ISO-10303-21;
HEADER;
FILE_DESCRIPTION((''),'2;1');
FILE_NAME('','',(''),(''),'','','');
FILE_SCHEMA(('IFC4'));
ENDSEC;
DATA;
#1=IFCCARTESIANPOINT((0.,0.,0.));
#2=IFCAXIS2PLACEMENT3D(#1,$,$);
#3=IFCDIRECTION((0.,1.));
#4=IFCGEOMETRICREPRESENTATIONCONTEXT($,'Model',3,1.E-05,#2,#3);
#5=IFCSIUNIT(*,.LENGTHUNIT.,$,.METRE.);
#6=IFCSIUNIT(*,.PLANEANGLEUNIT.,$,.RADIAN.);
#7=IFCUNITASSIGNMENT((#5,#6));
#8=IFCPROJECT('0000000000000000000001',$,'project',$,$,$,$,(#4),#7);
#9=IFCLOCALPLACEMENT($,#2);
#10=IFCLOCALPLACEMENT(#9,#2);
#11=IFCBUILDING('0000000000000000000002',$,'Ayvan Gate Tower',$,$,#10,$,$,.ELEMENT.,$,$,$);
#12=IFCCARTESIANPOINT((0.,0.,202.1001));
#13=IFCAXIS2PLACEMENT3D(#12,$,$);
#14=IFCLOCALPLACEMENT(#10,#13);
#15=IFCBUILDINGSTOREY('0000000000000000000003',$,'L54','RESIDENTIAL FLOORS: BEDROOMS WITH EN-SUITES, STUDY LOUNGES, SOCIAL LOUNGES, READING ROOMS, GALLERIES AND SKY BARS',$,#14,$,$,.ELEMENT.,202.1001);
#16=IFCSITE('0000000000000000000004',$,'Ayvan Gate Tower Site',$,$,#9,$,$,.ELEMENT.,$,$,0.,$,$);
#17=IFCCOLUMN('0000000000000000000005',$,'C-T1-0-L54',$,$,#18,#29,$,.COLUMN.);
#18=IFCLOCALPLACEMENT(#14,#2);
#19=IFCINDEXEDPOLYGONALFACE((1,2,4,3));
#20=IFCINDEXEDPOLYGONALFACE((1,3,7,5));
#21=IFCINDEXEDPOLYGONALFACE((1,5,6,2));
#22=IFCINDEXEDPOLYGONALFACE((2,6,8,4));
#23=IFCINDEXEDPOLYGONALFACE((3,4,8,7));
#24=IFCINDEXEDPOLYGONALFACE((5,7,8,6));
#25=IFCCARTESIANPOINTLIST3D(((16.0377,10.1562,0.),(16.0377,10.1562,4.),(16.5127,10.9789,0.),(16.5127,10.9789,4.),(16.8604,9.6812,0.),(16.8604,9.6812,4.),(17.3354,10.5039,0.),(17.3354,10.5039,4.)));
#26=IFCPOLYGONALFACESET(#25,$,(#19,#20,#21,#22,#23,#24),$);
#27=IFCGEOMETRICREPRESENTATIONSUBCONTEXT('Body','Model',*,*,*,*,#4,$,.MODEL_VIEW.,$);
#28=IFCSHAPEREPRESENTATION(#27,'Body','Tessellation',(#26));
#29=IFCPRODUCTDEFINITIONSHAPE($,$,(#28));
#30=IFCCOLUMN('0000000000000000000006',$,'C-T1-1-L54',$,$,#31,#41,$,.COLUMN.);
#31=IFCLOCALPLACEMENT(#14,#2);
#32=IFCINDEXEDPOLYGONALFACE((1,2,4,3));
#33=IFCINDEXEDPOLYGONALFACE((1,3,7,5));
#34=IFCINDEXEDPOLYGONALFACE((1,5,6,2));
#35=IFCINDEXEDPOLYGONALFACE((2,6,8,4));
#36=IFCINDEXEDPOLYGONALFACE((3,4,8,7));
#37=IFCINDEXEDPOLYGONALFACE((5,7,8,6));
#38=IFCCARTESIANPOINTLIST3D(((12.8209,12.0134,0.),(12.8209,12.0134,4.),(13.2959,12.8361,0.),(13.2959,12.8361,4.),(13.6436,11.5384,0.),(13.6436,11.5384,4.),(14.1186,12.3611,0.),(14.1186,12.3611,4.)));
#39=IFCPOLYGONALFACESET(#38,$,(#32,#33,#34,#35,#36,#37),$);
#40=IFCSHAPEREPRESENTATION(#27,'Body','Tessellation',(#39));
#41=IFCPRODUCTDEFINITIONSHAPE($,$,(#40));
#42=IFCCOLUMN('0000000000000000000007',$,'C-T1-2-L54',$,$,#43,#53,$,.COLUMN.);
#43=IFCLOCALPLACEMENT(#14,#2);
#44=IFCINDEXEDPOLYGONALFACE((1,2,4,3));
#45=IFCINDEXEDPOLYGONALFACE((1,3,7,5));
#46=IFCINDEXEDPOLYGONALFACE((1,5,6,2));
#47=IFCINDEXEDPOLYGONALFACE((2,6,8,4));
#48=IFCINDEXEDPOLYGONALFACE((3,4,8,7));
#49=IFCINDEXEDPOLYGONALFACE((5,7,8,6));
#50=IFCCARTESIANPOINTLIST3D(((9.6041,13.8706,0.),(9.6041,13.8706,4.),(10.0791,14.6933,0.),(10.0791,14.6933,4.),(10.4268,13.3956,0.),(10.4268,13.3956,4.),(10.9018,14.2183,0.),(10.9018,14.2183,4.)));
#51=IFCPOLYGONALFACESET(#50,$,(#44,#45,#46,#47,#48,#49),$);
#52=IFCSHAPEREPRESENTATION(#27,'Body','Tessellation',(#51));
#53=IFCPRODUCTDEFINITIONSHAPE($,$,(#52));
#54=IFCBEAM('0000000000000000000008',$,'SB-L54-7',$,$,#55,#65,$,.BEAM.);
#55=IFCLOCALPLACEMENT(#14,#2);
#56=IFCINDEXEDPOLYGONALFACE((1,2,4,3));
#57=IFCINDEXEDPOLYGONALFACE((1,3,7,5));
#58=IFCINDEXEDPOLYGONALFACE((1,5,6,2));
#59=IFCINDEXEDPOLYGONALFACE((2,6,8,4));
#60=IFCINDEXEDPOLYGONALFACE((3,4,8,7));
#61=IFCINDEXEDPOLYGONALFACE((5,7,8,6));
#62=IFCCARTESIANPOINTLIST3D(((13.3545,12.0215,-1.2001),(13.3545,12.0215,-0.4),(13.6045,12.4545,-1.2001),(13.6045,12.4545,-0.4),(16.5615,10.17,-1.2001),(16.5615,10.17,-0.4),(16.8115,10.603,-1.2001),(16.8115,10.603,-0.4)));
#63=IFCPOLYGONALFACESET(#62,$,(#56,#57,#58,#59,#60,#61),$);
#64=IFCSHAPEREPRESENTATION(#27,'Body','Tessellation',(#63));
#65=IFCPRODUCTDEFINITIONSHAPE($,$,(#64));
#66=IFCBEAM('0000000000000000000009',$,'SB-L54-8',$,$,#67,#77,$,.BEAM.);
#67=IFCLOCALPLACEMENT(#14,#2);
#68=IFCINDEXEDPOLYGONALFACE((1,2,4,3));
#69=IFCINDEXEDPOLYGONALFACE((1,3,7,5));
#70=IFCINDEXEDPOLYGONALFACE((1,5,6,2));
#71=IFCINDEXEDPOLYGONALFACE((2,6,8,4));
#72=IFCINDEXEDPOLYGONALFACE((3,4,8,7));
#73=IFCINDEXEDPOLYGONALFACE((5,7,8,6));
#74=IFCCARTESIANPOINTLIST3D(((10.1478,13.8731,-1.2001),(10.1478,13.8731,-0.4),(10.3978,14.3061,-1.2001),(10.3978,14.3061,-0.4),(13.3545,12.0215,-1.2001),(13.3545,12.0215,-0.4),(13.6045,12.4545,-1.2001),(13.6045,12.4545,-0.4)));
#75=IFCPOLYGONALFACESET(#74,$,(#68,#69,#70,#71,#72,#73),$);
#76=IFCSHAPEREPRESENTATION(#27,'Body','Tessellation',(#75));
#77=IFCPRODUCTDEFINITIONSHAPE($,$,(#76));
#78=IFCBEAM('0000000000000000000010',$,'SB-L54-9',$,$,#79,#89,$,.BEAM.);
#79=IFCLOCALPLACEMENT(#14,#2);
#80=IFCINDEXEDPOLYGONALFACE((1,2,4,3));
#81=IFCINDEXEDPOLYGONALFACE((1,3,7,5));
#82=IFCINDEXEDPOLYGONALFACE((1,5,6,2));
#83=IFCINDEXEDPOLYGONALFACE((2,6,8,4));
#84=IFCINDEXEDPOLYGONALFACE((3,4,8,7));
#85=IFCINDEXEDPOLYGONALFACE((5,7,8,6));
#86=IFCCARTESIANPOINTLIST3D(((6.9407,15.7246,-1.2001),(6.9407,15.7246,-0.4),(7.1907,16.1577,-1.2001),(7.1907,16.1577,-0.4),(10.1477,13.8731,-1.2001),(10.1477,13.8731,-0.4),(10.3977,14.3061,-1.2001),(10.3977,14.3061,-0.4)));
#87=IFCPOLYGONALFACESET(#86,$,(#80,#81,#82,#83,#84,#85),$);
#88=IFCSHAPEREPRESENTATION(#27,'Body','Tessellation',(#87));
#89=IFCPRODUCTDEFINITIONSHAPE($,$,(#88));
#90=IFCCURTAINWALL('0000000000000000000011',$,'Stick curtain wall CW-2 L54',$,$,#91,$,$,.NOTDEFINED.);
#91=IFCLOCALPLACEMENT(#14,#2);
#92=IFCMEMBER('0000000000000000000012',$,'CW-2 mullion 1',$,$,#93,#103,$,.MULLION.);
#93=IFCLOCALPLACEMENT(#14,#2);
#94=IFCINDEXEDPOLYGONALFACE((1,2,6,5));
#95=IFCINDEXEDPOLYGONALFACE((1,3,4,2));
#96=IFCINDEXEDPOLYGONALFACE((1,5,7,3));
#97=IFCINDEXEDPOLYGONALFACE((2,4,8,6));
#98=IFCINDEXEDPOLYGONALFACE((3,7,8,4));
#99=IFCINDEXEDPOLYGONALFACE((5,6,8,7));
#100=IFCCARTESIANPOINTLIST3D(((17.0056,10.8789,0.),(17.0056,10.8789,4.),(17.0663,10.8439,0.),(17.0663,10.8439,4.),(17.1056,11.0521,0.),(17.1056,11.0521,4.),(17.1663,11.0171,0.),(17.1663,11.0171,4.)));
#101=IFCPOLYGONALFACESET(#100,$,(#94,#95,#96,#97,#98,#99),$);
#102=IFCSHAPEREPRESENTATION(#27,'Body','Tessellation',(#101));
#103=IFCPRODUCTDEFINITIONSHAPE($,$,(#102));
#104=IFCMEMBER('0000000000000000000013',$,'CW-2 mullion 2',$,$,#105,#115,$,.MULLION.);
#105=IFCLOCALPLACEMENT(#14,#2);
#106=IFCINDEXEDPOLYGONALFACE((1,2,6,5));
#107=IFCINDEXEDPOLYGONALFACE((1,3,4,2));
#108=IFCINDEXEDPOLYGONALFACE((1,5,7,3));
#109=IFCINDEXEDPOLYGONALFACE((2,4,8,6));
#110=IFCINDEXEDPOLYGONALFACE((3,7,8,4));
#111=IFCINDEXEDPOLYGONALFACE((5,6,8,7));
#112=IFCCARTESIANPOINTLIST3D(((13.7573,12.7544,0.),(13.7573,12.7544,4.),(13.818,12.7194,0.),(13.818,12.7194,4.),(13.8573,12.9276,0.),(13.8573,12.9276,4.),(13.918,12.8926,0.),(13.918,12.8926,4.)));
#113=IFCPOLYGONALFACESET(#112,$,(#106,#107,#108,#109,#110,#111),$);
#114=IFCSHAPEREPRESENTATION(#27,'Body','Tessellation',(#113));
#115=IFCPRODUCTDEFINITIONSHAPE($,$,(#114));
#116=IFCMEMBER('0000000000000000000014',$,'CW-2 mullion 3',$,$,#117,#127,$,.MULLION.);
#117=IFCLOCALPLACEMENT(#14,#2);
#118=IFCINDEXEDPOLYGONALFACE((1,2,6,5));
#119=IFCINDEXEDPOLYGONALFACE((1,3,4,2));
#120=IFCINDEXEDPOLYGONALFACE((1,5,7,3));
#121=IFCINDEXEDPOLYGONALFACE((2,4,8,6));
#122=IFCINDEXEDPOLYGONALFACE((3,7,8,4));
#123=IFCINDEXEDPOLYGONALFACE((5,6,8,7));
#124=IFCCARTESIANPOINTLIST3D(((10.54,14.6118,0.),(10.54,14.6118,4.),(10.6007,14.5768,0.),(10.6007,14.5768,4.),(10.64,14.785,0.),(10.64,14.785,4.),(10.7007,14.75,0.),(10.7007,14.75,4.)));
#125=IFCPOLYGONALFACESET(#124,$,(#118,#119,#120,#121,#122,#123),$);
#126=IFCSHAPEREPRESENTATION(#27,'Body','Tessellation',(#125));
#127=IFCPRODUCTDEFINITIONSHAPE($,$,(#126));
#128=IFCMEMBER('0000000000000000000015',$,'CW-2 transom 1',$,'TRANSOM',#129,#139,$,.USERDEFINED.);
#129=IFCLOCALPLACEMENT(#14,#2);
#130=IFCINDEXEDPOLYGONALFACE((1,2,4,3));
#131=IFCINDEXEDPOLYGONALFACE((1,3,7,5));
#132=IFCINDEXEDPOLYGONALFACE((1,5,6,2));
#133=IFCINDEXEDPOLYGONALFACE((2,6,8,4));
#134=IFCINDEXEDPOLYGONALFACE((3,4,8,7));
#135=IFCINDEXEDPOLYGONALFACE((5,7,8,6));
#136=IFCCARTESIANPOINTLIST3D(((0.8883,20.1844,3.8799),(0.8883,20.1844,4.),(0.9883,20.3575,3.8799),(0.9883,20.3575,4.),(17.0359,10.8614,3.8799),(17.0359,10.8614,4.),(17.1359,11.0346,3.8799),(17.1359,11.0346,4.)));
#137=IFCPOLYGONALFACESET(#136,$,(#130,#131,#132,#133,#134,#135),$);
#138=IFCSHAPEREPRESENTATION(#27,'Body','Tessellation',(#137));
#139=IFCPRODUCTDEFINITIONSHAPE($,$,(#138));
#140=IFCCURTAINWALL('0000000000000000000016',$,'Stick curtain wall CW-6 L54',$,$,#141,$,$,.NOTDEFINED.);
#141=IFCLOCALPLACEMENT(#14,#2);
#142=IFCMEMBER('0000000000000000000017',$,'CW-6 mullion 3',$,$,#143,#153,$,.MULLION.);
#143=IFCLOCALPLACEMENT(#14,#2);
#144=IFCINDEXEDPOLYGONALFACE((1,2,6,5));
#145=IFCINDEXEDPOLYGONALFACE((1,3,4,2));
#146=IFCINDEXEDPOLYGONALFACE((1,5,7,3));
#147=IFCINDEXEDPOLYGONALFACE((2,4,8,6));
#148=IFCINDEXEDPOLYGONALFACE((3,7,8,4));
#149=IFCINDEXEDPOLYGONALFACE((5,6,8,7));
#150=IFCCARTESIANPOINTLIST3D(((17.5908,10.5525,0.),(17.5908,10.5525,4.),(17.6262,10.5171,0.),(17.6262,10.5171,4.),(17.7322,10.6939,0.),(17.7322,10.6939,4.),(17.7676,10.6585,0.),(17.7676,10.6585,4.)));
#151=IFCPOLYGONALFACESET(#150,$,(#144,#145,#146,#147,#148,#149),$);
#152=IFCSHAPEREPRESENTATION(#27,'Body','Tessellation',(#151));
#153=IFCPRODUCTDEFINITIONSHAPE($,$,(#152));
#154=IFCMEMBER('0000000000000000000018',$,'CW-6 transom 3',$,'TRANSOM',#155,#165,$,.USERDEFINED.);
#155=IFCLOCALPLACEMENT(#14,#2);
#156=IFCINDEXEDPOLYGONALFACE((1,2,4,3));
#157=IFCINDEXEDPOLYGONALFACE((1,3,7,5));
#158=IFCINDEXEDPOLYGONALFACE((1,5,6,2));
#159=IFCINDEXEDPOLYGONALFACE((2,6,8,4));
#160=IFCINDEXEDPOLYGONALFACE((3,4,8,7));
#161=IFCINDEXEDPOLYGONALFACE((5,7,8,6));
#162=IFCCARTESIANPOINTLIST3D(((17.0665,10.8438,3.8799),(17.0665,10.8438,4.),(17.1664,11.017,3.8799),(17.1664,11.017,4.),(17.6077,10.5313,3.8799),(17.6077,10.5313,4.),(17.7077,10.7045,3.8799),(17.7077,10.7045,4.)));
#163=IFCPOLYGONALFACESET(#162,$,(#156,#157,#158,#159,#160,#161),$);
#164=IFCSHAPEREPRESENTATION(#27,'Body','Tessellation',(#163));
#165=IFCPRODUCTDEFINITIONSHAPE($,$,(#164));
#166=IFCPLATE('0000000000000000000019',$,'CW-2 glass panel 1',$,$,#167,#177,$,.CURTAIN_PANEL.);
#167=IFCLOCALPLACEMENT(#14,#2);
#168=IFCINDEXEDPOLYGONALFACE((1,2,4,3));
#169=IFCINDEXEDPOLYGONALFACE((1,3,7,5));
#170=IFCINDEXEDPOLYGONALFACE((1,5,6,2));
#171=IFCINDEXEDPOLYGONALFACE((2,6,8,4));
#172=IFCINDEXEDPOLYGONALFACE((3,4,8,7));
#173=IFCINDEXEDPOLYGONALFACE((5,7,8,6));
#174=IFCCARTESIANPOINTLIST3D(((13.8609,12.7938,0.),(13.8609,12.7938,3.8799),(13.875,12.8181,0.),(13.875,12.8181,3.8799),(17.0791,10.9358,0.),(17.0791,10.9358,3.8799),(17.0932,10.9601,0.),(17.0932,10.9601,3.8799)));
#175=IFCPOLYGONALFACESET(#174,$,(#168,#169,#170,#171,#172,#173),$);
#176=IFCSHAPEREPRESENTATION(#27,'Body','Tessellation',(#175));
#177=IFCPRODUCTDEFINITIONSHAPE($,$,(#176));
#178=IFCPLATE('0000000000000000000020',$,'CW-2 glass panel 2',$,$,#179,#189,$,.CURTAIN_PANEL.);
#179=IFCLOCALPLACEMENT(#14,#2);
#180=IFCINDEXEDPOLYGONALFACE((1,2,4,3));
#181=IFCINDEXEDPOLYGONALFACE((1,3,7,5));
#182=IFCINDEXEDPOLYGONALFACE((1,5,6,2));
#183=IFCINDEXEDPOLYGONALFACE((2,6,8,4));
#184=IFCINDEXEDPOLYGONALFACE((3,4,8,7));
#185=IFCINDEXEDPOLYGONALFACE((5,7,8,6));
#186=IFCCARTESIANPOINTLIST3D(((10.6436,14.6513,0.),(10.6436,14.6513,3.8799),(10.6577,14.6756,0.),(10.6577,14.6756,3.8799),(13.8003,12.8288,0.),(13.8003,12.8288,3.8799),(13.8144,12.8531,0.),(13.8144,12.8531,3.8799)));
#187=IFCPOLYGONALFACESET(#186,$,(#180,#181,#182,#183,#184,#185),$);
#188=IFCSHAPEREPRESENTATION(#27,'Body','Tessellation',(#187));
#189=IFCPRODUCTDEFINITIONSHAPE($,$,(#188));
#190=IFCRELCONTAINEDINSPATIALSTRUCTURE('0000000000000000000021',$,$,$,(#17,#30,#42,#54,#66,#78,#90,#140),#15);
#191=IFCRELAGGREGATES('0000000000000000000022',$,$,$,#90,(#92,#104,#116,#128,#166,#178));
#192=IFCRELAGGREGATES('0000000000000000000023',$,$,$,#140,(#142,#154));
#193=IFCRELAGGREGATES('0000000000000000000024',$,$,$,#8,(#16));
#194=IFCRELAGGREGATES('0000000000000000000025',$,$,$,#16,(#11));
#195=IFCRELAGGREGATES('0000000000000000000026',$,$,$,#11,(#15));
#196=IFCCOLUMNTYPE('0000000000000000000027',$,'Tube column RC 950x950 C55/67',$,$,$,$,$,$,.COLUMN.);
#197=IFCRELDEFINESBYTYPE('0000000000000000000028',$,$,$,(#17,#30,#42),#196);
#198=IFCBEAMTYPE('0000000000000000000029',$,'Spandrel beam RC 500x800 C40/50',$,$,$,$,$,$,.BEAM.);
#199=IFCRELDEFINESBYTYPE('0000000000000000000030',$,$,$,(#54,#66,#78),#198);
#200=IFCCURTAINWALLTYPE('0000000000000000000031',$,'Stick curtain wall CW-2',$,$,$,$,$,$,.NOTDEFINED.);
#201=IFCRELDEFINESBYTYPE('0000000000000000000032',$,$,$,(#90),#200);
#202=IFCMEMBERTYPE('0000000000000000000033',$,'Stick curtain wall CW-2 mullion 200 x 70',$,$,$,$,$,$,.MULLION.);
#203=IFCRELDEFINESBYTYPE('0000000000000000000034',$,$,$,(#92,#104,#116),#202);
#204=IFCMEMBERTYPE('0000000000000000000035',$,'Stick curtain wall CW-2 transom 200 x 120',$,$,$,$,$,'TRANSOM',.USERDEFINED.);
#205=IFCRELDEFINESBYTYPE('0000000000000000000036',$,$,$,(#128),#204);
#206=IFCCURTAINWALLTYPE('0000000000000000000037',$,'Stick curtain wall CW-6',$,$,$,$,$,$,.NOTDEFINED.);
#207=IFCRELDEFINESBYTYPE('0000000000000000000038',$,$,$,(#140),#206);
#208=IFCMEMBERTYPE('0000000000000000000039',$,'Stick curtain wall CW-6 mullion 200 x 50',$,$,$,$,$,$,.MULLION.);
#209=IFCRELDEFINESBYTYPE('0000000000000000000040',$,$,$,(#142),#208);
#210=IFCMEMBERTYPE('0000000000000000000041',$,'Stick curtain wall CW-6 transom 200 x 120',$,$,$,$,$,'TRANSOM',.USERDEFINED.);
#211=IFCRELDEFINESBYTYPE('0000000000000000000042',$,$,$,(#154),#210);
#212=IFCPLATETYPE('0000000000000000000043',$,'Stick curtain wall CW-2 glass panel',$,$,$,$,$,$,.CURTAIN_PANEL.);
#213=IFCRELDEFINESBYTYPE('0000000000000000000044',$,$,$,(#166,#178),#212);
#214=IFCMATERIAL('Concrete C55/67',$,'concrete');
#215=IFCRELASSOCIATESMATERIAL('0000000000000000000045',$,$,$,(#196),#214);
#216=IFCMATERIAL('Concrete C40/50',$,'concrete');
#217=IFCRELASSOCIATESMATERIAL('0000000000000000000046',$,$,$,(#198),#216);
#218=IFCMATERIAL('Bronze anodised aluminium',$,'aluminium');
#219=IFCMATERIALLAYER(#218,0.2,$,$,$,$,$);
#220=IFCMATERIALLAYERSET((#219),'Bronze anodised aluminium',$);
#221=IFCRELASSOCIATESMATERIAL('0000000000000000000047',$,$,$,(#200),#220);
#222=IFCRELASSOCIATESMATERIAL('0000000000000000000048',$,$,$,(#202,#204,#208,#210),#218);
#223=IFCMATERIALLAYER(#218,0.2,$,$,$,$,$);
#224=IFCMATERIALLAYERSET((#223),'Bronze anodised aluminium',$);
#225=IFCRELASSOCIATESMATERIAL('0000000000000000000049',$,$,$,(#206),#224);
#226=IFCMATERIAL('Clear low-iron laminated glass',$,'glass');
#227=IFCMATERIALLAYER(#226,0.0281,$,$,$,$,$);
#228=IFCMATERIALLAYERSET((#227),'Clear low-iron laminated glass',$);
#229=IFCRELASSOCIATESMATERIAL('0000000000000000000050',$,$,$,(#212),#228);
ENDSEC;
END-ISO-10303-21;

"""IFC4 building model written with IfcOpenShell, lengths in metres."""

from ifc_helpers import new_model, si_unit, direction, frame, origin, origin_2d, place, context, subcontext, project, spatial, rectangle, extrude, material, layer, layer_set, material_profile, profile_set, type_object, element, aggregate, save


model = new_model("IFC4")

# Units and contexts
model_context = context("Model", 3, precision=1e-05, world=origin(), true_north=direction((0.0, 1.0)))
body_context = subcontext(model_context, "Body", "Model", "MODEL_VIEW")
ifc_project = project(units=[si_unit("LENGTHUNIT", "METRE"), si_unit("PLANEANGLEUNIT", "RADIAN")], contexts=[model_context])

# Site, building, storey
site_placement = place(None, origin())
site = spatial("IfcSite", under=ifc_project, at=site_placement, Name="Ayvan Gate Tower Site", CompositionType="ELEMENT", RefElevation=0.0)
building_placement = place(site_placement, origin())
building = spatial("IfcBuilding", under=site, at=building_placement, Name="Ayvan Gate Tower", CompositionType="ELEMENT")
storey_placement = place(building_placement, frame((0.0, 0.0, 202.1001)))
storey = spatial("IfcBuildingStorey", under=building, at=storey_placement, Name="L54", Description="RESIDENTIAL FLOORS: BEDROOMS WITH EN-SUITES, STUDY LOUNGES, SOCIAL LOUNGES, READING ROOMS, GALLERIES AND SKY BARS", CompositionType="ELEMENT", Elevation=202.1001)

# Columns
ifc_material_1 = material(Name="Concrete C55/67", Category="concrete")
ifc_material_profile_1 = material_profile(ifc_material_1, rectangle(XDim=0.95, YDim=0.95, at=origin_2d()), Name="RC 950x950")
ifc_profile_set_1 = profile_set([ifc_material_profile_1], Name="Concrete C55/67")
column_type = type_object("IfcColumnType", Name="Tube column RC 950x950 C55/67", PredefinedType="COLUMN", material=ifc_profile_set_1)
for number, where, z_axis, x_axis, name in (
    (1, (16.6865, 10.3301, 0.0), (0.0, 0.0, 1.0), (0.5, 0.866025, 0.0), "C-T1-0-L54"),
    (2, (13.4697, 12.1873, 0.0), (0.0, 0.0, 1.0), (0.5, 0.866025, 0.0), "C-T1-1-L54"),
    (3, (10.2529, 14.0444, 0.0), (0.0, 0.0, 1.0), (0.5, 0.866025, 0.0), "C-T1-2-L54"),
):
    element("IfcColumn", number, at=place(storey_placement, frame(where, z_axis=z_axis, x_axis=x_axis)), inside=storey, type_object=column_type, Name=name, PredefinedType="COLUMN", context=body_context, shape_type="SweptSolid", body=[
        extrude(rectangle(XDim=0.95, YDim=0.95, at=origin_2d()), origin(), (0.0, 0.0, 1.0), 4.0),
    ])

# Beams
ifc_material_2 = material(Name="Concrete C40/50", Category="concrete")
ifc_material_profile_2 = material_profile(ifc_material_2, rectangle(XDim=0.5, YDim=0.8, at=origin_2d()), Name="RC 500x800")
ifc_profile_set_2 = profile_set([ifc_material_profile_2], Name="Concrete C40/50")
beam_type = type_object("IfcBeamType", Name="Spandrel beam RC 500x800 C40/50", PredefinedType="BEAM", material=ifc_profile_set_2)
beam_1_placement = place(storey_placement, frame((16.6865, 10.3865, -0.8), z_axis=(-0.866027, 0.499996, 0.0), x_axis=(-0.499996, -0.866027, 0.0)))
element("IfcBeam", 4, at=beam_1_placement, inside=storey, type_object=beam_type, Name="SB-L54-7", PredefinedType="BEAM", context=body_context, shape_type="SweptSolid", body=[
    extrude(rectangle(XDim=0.5, YDim=0.8, at=origin_2d()), origin(), (0.0, 0.0, 1.0), 3.7031),
])
beam_2_placement = place(storey_placement, frame((13.4795, 12.238, -0.8), z_axis=(-0.866011, 0.500025, 0.0), x_axis=(-0.500025, -0.866011, 0.0)))
element("IfcBeam", 5, at=beam_2_placement, inside=storey, type_object=beam_type, Name="SB-L54-8", PredefinedType="BEAM", context=body_context, shape_type="SweptSolid", body=[
    extrude(rectangle(XDim=0.5, YDim=0.8, at=origin_2d()), origin(), (0.0, 0.0, 1.0), 3.7029),
])
beam_3_placement = place(storey_placement, frame((10.2727, 14.0896, -0.8), z_axis=(-0.866027, 0.499996, 0.0), x_axis=(-0.499996, -0.866027, 0.0)))
element("IfcBeam", 6, at=beam_3_placement, inside=storey, type_object=beam_type, Name="SB-L54-9", PredefinedType="BEAM", context=body_context, shape_type="SweptSolid", body=[
    extrude(rectangle(XDim=0.5, YDim=0.8, at=origin_2d()), origin(), (0.0, 0.0, 1.0), 3.7031),
])

# Curtain walls, members
ifc_material_3 = material(Name="Bronze anodised aluminium", Category="aluminium")
ifc_layer_1 = layer(ifc_material_3, 0.2)
ifc_layer_set_1 = layer_set([ifc_layer_1], Name="Bronze anodised aluminium")
curtain_wall_type_1 = type_object("IfcCurtainWallType", Name="Stick curtain wall CW-2", PredefinedType="NOTDEFINED", material=ifc_layer_set_1)
curtain_wall_1_placement = place(storey_placement, origin())
curtain_wall_1 = element("IfcCurtainWall", 7, at=curtain_wall_1_placement, inside=storey, type_object=curtain_wall_type_1, Name="Stick curtain wall CW-2 L54", PredefinedType="NOTDEFINED")
ifc_material_profile_3 = material_profile(ifc_material_3, rectangle(XDim=0.2, YDim=0.0701, at=origin_2d()), Name="Stick curtain wall CW-2 mullion 200 x 70")
ifc_profile_set_3 = profile_set([ifc_material_profile_3], Name="Bronze anodised aluminium")
member_type_1 = type_object("IfcMemberType", Name="Stick curtain wall CW-2 mullion 200 x 70", PredefinedType="MULLION", material=ifc_profile_set_3)
member_1_placement = place(storey_placement, frame((17.0859, 10.948, 0.0), z_axis=(0.0, 0.0, 1.0), x_axis=(0.5, 0.866025, 0.0)))
member_1 = element("IfcMember", 8, at=member_1_placement, type_object=member_type_1, Name="CW-2 mullion 1", PredefinedType="MULLION", context=body_context, shape_type="SweptSolid", body=[
    extrude(rectangle(XDim=0.2, YDim=0.0701, at=origin_2d()), origin(), (0.0, 0.0, 1.0), 4.0),
])
member_2_placement = place(storey_placement, frame((13.8376, 12.8235, 0.0), z_axis=(0.0, 0.0, 1.0), x_axis=(0.5, 0.866025, 0.0)))
member_2 = element("IfcMember", 9, at=member_2_placement, type_object=member_type_1, Name="CW-2 mullion 2", PredefinedType="MULLION", context=body_context, shape_type="SweptSolid", body=[
    extrude(rectangle(XDim=0.2, YDim=0.0701, at=origin_2d()), origin(), (0.0, 0.0, 1.0), 4.0),
])
member_3_placement = place(storey_placement, frame((10.6204, 14.6809, 0.0), z_axis=(0.0, 0.0, 1.0), x_axis=(0.5, 0.866025, 0.0)))
member_3 = element("IfcMember", 10, at=member_3_placement, type_object=member_type_1, Name="CW-2 mullion 3", PredefinedType="MULLION", context=body_context, shape_type="SweptSolid", body=[
    extrude(rectangle(XDim=0.2, YDim=0.0701, at=origin_2d()), origin(), (0.0, 0.0, 1.0), 4.0),
])
ifc_material_profile_4 = material_profile(ifc_material_3, rectangle(XDim=0.2, YDim=0.1201, at=origin_2d()), Name="Stick curtain wall CW-2 transom 200 x 120")
ifc_profile_set_4 = profile_set([ifc_material_profile_4], Name="Bronze anodised aluminium")
member_type_2 = type_object("IfcMemberType", Name="Stick curtain wall CW-2 transom 200 x 120", ElementType="TRANSOM", PredefinedType="USERDEFINED", material=ifc_profile_set_4)
member_4_placement = place(storey_placement, frame((17.0859, 10.948, 3.9399), z_axis=(-0.866023, 0.500005, 0.0), x_axis=(-0.500005, -0.866023, 0.0)))
member_4 = element("IfcMember", 11, at=member_4_placement, type_object=member_type_2, Name="CW-2 transom 1", ObjectType="TRANSOM", PredefinedType="USERDEFINED", context=body_context, shape_type="SweptSolid", body=[
    extrude(rectangle(XDim=0.2, YDim=0.1201, at=origin_2d()), origin(), (0.0, 0.0, 1.0), 18.6458),
])
ifc_layer_2 = layer(ifc_material_3, 0.2)
ifc_layer_set_2 = layer_set([ifc_layer_2], Name="Bronze anodised aluminium")
curtain_wall_type_2 = type_object("IfcCurtainWallType", Name="Stick curtain wall CW-6", PredefinedType="NOTDEFINED", material=ifc_layer_set_2)
curtain_wall_2_placement = place(storey_placement, origin())
curtain_wall_2 = element("IfcCurtainWall", 12, at=curtain_wall_2_placement, inside=storey, type_object=curtain_wall_type_2, Name="Stick curtain wall CW-6 L54", PredefinedType="NOTDEFINED")
ifc_material_profile_5 = material_profile(ifc_material_3, rectangle(XDim=0.2, YDim=0.05, at=origin_2d()), Name="Stick curtain wall CW-6 mullion 200 x 50")
ifc_profile_set_5 = profile_set([ifc_material_profile_5], Name="Bronze anodised aluminium")
member_type_3 = type_object("IfcMemberType", Name="Stick curtain wall CW-6 mullion 200 x 50", PredefinedType="MULLION", material=ifc_profile_set_5)
member_5_placement = place(storey_placement, frame((17.6792, 10.6055, 0.0), z_axis=(0.0, 0.0, 1.0), x_axis=(0.707107, 0.707107, 0.0)))
member_5 = element("IfcMember", 13, at=member_5_placement, type_object=member_type_3, Name="CW-6 mullion 3", PredefinedType="MULLION", context=body_context, shape_type="SweptSolid", body=[
    extrude(rectangle(XDim=0.2, YDim=0.05, at=origin_2d()), origin(), (0.0, 0.0, 1.0), 4.0),
])
ifc_material_profile_6 = material_profile(ifc_material_3, rectangle(XDim=0.2, YDim=0.1201, at=origin_2d()), Name="Stick curtain wall CW-6 transom 200 x 120")
ifc_profile_set_6 = profile_set([ifc_material_profile_6], Name="Bronze anodised aluminium")
member_type_4 = type_object("IfcMemberType", Name="Stick curtain wall CW-6 transom 200 x 120", ElementType="TRANSOM", PredefinedType="USERDEFINED", material=ifc_profile_set_6)
member_6_placement = place(storey_placement, frame((17.6577, 10.6179, 3.9399), z_axis=(-0.866023, 0.500004, 0.0), x_axis=(-0.500004, -0.866023, 0.0)))
member_6 = element("IfcMember", 14, at=member_6_placement, type_object=member_type_4, Name="CW-6 transom 3", ObjectType="TRANSOM", PredefinedType="USERDEFINED", context=body_context, shape_type="SweptSolid", body=[
    extrude(rectangle(XDim=0.2, YDim=0.1201, at=origin_2d()), origin(), (0.0, 0.0, 1.0), 0.625),
])

# Plates
ifc_material_4 = material(Name="Clear low-iron laminated glass", Category="glass")
ifc_layer_3 = layer(ifc_material_4, 0.0281)
ifc_layer_set_3 = layer_set([ifc_layer_3], Name="Clear low-iron laminated glass")
plate_type_1 = type_object("IfcPlateType", Name="Stick curtain wall CW-2 glass panel", PredefinedType="CURTAIN_PANEL", material=ifc_layer_set_3)
plate_1_placement = place(storey_placement, frame((15.4771, 11.877, 0.0), z_axis=(0.0, 0.0, 1.0), x_axis=(-0.866025, 0.5, 0.0)))
plate_1 = element("IfcPlate", 15, at=plate_1_placement, type_object=plate_type_1, Name="CW-2 glass panel 1", PredefinedType="CURTAIN_PANEL", context=body_context, shape_type="SweptSolid", body=[
    extrude(rectangle(XDim=3.7161, YDim=0.0281, at=origin_2d()), origin(), (0.0, 0.0, 1.0), 3.8799),
])
plate_2_placement = place(storey_placement, frame((12.229, 13.7522, 0.0), z_axis=(0.0, 0.0, 1.0), x_axis=(-0.866025, 0.5, 0.0)))
plate_2 = element("IfcPlate", 16, at=plate_2_placement, type_object=plate_type_1, Name="CW-2 glass panel 2", PredefinedType="CURTAIN_PANEL", context=body_context, shape_type="SweptSolid", body=[
    extrude(rectangle(XDim=3.645, YDim=0.0281, at=origin_2d()), origin(), (0.0, 0.0, 1.0), 3.8799),
])
aggregate(curtain_wall_1, [member_1, member_2, member_3, member_4, plate_1, plate_2])
aggregate(curtain_wall_2, [member_5, member_6])

save(model, "model.ifc")
